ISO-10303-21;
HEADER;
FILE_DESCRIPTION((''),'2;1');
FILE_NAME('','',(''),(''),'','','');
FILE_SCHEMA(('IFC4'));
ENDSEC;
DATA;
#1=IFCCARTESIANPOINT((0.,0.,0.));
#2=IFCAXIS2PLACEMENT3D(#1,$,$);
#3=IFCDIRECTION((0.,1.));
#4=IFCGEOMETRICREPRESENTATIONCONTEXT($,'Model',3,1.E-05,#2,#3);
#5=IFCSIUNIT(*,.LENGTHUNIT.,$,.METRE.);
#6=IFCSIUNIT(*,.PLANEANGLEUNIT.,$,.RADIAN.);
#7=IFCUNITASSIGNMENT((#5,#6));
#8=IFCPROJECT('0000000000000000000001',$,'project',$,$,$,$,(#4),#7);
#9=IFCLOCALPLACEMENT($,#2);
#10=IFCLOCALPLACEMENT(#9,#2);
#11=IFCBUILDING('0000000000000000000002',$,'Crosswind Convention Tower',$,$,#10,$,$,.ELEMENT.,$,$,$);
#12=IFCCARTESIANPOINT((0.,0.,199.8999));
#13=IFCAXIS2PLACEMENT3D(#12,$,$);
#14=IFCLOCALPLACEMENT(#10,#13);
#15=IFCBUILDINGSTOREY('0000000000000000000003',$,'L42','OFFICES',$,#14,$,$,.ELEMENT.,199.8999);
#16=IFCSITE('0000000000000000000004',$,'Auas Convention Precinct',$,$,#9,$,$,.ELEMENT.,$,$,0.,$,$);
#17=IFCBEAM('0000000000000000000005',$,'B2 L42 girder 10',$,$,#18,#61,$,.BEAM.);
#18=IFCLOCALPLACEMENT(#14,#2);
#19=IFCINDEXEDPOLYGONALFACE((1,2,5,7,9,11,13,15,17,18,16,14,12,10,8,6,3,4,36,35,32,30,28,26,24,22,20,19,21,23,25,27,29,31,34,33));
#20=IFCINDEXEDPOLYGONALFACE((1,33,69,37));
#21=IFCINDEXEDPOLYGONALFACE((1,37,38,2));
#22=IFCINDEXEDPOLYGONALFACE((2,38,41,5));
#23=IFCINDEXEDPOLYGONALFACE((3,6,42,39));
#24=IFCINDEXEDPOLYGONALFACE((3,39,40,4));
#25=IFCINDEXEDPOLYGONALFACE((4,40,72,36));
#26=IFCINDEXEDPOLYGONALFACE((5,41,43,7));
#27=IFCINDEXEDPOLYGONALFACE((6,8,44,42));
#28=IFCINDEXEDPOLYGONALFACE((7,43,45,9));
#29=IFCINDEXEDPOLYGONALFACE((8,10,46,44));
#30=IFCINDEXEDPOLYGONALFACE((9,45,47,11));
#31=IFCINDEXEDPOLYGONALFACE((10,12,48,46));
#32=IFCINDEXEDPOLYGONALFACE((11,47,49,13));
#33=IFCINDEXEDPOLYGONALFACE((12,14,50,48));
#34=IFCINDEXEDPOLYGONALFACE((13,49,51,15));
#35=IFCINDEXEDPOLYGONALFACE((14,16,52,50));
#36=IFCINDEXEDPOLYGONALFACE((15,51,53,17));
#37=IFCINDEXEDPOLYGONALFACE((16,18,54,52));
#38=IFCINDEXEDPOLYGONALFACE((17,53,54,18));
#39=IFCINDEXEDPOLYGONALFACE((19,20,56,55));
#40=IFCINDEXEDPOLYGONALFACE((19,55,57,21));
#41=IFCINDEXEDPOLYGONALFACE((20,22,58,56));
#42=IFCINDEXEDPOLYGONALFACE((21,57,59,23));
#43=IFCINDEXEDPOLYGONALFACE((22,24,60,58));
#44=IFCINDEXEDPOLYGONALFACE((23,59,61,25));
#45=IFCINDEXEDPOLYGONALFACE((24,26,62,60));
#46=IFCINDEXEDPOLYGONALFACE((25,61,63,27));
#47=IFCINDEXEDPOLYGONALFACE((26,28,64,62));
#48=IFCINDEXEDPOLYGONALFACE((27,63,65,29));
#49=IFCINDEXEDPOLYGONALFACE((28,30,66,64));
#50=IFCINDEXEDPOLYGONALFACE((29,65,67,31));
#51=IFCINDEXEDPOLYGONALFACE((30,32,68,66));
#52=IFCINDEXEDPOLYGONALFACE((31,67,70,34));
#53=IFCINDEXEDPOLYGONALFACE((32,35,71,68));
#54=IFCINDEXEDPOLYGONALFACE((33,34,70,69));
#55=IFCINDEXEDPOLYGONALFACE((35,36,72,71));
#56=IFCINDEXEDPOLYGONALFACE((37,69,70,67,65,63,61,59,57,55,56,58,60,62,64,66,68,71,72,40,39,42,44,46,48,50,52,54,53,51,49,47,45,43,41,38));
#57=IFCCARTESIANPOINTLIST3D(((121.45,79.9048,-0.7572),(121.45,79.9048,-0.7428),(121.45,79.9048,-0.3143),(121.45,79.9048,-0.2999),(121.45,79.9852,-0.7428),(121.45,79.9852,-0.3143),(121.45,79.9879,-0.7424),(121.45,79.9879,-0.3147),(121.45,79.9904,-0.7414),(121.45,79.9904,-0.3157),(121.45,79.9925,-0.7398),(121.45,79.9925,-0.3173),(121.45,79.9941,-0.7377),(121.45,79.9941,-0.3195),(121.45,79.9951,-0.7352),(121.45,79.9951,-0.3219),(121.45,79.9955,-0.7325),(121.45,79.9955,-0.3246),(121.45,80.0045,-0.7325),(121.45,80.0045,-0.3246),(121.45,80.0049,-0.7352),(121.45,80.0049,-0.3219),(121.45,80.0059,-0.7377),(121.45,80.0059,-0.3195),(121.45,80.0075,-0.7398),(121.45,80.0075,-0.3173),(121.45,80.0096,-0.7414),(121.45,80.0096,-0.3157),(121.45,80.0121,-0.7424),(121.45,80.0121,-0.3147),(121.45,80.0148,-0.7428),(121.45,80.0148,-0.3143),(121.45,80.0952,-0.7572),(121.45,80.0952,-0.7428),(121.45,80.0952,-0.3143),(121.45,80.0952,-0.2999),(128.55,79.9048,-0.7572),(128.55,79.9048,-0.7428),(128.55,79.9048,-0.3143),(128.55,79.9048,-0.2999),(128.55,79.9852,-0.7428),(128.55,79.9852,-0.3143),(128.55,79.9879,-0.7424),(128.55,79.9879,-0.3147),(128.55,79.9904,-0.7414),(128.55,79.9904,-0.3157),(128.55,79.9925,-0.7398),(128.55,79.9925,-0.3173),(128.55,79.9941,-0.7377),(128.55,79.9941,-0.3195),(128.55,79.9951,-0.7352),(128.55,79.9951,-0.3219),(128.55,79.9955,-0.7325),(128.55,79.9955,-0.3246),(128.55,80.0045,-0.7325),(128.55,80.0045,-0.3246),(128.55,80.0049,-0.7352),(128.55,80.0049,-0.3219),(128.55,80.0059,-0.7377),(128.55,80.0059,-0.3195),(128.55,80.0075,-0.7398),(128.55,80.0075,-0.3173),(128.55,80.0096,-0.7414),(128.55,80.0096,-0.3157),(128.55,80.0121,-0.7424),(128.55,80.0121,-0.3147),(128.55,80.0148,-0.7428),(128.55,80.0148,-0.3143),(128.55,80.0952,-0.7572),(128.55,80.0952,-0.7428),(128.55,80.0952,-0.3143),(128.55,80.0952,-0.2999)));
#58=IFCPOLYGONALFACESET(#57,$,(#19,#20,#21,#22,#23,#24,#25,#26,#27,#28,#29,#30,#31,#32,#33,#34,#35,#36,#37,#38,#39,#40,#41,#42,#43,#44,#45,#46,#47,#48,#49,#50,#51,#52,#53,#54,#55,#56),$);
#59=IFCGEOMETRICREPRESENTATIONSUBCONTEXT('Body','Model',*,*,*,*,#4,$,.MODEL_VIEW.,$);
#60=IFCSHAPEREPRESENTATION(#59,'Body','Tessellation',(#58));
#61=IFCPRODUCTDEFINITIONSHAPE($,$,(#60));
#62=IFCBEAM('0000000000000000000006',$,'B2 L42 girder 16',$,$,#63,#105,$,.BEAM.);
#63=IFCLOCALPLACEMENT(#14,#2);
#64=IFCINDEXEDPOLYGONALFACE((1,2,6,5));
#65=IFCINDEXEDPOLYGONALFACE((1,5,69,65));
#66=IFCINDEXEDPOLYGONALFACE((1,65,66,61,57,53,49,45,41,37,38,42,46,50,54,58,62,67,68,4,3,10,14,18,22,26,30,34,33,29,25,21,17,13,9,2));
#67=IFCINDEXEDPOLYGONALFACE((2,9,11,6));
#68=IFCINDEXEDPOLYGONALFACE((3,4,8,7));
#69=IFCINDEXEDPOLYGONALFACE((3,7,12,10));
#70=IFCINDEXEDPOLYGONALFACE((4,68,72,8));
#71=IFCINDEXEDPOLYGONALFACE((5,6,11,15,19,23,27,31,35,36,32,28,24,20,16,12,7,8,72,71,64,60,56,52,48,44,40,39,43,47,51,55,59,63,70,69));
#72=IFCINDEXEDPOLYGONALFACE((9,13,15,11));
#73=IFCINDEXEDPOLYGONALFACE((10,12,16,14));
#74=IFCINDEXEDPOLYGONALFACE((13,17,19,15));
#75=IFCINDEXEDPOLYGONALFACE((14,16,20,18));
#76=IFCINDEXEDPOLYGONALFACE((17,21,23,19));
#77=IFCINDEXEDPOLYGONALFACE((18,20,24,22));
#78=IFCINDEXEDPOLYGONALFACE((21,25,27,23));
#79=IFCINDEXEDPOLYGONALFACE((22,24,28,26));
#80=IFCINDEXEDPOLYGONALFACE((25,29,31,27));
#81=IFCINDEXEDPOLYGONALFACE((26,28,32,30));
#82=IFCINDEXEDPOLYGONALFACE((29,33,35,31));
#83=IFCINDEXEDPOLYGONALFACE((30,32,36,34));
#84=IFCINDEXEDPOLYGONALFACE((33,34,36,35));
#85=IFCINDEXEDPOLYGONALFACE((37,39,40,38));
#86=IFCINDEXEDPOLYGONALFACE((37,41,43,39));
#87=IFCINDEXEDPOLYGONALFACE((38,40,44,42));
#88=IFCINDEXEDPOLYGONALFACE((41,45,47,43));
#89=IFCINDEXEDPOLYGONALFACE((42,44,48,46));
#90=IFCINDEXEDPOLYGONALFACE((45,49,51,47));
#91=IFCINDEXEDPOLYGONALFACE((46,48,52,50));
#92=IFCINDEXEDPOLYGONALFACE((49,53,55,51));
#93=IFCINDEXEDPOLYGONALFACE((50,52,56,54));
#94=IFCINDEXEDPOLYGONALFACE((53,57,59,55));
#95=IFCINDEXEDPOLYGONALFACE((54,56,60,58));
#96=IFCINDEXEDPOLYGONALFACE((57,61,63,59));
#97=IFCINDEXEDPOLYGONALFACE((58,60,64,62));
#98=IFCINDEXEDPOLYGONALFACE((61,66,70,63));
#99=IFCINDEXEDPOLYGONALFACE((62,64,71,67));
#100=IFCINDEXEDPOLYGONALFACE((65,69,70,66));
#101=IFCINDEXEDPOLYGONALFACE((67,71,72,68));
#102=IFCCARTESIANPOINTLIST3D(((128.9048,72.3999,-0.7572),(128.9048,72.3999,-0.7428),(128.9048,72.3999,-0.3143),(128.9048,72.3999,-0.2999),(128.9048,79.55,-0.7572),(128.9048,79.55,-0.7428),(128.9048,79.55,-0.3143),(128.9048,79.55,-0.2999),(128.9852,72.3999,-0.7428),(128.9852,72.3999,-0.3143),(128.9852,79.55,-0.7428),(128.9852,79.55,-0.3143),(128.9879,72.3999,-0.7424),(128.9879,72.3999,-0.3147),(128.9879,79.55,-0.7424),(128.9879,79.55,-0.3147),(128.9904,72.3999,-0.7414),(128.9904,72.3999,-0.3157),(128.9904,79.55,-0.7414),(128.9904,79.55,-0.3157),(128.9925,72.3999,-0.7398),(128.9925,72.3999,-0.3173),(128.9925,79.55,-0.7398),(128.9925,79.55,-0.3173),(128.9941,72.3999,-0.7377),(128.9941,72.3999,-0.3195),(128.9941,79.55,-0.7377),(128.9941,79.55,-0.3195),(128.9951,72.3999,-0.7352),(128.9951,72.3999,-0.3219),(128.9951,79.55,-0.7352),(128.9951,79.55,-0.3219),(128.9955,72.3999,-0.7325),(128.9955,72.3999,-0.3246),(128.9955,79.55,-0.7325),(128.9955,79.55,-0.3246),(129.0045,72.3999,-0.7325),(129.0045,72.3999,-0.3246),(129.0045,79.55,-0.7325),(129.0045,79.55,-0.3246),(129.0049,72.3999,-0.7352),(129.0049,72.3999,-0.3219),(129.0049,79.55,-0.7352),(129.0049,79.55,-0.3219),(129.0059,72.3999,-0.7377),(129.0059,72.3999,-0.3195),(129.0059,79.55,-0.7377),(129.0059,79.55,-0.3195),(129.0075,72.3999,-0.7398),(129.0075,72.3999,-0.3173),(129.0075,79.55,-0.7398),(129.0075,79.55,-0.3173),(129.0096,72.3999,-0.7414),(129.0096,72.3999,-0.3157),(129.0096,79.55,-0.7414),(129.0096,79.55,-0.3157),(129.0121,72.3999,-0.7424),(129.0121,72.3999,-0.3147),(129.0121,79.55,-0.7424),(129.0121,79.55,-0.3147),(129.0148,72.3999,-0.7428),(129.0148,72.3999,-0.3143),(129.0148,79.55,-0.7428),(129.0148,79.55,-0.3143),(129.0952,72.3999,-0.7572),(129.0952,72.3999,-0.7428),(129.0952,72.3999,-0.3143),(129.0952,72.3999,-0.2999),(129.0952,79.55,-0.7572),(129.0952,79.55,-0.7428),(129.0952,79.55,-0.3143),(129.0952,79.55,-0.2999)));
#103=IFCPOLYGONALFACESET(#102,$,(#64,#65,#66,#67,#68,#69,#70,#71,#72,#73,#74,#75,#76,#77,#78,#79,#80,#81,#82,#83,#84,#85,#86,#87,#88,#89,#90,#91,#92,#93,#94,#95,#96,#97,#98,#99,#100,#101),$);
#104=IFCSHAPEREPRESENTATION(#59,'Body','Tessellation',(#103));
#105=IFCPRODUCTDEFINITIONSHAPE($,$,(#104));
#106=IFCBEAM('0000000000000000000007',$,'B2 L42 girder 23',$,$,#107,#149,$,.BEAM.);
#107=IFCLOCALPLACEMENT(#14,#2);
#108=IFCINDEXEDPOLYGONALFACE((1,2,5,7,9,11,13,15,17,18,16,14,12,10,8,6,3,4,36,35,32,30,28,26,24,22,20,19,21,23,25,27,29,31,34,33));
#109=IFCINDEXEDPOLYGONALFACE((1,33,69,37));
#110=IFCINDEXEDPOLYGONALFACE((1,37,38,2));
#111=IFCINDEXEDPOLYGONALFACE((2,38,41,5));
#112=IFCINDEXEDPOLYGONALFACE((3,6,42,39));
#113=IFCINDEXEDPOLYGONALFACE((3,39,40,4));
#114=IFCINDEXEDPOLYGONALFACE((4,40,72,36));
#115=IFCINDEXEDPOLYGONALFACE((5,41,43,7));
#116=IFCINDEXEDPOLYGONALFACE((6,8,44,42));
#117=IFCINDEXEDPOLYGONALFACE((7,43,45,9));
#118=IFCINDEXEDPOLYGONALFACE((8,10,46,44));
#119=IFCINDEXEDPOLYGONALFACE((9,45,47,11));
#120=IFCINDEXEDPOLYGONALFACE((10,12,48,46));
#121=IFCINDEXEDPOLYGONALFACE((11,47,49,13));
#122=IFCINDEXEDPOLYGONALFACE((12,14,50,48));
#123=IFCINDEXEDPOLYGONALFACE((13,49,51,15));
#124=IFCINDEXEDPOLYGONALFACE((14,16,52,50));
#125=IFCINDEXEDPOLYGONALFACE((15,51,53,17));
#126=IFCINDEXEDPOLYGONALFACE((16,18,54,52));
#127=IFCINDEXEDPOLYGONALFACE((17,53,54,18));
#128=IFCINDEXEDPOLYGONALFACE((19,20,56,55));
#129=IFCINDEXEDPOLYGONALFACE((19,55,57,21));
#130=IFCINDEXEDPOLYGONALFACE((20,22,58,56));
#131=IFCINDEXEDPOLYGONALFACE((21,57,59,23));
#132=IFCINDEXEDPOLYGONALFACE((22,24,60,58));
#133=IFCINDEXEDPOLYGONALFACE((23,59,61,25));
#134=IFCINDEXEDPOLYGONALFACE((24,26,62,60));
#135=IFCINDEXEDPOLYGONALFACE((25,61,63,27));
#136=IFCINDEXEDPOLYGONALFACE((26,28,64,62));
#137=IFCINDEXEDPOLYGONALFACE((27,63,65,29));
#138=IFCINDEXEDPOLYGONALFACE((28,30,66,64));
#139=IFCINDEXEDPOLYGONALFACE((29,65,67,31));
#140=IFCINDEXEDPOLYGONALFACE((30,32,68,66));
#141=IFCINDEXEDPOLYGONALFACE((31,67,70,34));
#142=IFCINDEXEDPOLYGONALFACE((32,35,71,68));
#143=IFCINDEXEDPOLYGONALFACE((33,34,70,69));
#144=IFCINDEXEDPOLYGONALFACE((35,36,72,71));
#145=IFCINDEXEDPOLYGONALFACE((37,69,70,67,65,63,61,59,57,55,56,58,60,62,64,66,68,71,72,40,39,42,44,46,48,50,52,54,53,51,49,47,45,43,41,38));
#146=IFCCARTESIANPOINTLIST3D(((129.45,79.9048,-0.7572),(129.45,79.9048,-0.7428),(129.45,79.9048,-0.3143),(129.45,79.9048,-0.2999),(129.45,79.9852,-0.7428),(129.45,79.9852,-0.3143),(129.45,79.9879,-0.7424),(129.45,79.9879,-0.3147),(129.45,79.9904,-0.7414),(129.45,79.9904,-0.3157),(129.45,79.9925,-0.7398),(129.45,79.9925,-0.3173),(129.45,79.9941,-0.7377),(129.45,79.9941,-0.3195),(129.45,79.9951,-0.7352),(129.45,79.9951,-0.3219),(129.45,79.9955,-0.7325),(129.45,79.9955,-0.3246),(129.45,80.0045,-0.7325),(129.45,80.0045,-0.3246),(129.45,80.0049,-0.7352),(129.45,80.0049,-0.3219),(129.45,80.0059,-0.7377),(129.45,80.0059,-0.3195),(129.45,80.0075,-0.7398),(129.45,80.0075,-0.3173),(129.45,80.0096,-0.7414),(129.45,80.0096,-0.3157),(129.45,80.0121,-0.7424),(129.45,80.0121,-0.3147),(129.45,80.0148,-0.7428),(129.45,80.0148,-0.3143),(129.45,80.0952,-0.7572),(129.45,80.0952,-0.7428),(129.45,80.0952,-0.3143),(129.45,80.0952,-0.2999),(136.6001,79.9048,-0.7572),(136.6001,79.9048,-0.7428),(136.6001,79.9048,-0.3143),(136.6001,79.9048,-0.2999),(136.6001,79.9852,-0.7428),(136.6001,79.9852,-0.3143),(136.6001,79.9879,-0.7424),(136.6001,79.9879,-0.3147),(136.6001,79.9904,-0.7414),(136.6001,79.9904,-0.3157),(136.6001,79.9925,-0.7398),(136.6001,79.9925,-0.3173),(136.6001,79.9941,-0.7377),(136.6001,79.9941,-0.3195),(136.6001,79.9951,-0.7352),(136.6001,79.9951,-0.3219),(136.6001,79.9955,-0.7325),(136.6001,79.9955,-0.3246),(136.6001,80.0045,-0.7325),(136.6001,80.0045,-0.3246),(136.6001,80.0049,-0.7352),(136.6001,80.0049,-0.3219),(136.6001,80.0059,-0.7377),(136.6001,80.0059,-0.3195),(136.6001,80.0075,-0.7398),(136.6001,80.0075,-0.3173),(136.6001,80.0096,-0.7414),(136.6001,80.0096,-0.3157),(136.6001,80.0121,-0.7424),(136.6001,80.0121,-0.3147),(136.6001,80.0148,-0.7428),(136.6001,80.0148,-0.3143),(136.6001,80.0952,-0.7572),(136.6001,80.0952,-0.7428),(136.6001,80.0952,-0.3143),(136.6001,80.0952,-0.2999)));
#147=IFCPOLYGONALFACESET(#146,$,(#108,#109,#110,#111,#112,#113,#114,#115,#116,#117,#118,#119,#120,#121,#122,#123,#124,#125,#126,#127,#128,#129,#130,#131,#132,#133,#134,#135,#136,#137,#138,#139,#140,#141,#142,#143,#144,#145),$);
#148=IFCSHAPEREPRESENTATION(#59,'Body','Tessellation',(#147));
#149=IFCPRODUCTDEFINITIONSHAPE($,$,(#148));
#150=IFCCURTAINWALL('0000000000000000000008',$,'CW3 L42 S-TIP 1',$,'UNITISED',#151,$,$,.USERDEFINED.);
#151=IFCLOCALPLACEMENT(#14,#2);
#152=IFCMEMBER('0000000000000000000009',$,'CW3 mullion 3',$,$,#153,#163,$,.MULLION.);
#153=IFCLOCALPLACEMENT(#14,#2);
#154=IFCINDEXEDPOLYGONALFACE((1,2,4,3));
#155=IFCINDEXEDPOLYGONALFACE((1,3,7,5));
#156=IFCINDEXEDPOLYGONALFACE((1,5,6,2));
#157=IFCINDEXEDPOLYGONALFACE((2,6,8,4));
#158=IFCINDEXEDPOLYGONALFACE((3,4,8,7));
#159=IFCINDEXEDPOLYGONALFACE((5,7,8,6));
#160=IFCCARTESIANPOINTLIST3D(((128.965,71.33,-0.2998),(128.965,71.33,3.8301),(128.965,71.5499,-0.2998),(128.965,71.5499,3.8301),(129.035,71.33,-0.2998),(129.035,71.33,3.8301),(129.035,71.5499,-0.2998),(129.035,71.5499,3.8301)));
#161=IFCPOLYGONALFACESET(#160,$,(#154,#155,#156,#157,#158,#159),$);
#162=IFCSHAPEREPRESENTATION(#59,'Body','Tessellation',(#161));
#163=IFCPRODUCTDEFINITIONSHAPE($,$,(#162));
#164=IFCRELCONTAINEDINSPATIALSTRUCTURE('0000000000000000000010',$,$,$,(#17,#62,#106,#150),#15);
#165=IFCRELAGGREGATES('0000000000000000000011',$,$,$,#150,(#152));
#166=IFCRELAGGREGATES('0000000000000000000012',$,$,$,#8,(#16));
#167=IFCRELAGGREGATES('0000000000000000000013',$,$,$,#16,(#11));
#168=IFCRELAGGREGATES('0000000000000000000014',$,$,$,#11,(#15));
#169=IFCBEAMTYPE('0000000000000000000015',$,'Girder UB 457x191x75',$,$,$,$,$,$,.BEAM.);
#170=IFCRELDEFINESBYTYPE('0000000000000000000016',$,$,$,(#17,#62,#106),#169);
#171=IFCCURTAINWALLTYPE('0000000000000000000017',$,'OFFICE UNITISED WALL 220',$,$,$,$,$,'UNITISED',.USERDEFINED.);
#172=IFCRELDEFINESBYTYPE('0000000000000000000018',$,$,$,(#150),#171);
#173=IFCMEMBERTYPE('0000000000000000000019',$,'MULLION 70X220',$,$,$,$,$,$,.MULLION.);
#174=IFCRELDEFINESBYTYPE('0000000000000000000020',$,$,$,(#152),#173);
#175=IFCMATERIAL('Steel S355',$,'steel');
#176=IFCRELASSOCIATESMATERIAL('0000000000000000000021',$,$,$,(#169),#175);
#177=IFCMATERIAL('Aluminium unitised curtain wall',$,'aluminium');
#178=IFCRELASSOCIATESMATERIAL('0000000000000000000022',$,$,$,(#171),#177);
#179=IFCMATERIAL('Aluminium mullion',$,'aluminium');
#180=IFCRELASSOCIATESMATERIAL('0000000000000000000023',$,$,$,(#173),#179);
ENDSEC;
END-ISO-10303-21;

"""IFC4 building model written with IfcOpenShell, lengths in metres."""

from ifc_helpers import new_model, si_unit, direction, frame, origin, origin_2d, place, context, subcontext, project, spatial, rectangle, i_section, extrude, material, material_profile, profile_set, type_object, element, aggregate, save


model = new_model("IFC4")

# Units and contexts
model_context = context("Model", 3, precision=1e-05, world=origin(), true_north=direction((0.0, 1.0)))
body_context = subcontext(model_context, "Body", "Model", "MODEL_VIEW")
ifc_project = project(units=[si_unit("LENGTHUNIT", "METRE"), si_unit("PLANEANGLEUNIT", "RADIAN")], contexts=[model_context])

# Site, building, storey
site_placement = place(None, origin())
site = spatial("IfcSite", under=ifc_project, at=site_placement, Name="Auas Convention Precinct", CompositionType="ELEMENT", RefElevation=0.0)
building_placement = place(site_placement, origin())
building = spatial("IfcBuilding", under=site, at=building_placement, Name="Crosswind Convention Tower", CompositionType="ELEMENT")
storey_placement = place(building_placement, frame((0.0, 0.0, 199.8999)))
storey = spatial("IfcBuildingStorey", under=building, at=storey_placement, Name="L42", Description="OFFICES", CompositionType="ELEMENT", Elevation=199.8999)

# Beams
ifc_material_1 = material(Name="Steel S355", Category="steel")
ifc_material_profile_1 = material_profile(ifc_material_1, i_section(OverallWidth=0.1904, OverallDepth=0.4573, WebThickness=0.009, FlangeThickness=0.0144, FilletRadius=0.0103, at=origin_2d()), Name="UB 457x191x75")
ifc_profile_set_1 = profile_set([ifc_material_profile_1], Name="Steel S355")
beam_type_1 = type_object("IfcBeamType", Name="Girder UB 457x191x75", PredefinedType="BEAM", material=ifc_profile_set_1)
beam_1_placement = place(storey_placement, frame((121.45, 80.0, -0.5286), z_axis=(1.0, 0.0, 0.0), x_axis=(0.0, 1.0, 0.0)))
element("IfcBeam", 1, at=beam_1_placement, inside=storey, type_object=beam_type_1, Name="B2 L42 girder 10", PredefinedType="BEAM", context=body_context, shape_type="SweptSolid", body=[
    extrude(i_section(OverallWidth=0.1904, OverallDepth=0.4573, WebThickness=0.009, FlangeThickness=0.0144, FilletRadius=0.0103, at=origin_2d()), origin(), (0.0, 0.0, 1.0), 7.1001),
])
for number, where, z_axis, x_axis, name in (
    (2, (129.0, 72.3999, -0.5286), (0.0, 1.0, 0.0), (-1.0, 0.0, 0.0), "B2 L42 girder 16"),
    (3, (129.45, 80.0, -0.5286), (1.0, 0.0, 0.0), (0.0, 1.0, 0.0), "B2 L42 girder 23"),
):
    element("IfcBeam", number, at=place(storey_placement, frame(where, z_axis=z_axis, x_axis=x_axis)), inside=storey, type_object=beam_type_1, Name=name, PredefinedType="BEAM", context=body_context, shape_type="SweptSolid", body=[
        extrude(i_section(OverallWidth=0.1904, OverallDepth=0.4573, WebThickness=0.009, FlangeThickness=0.0144, FilletRadius=0.0103, at=origin_2d()), origin(), (0.0, 0.0, 1.0), 7.1501),
    ])

# Curtain wall, member
ifc_material_2 = material(Name="Aluminium unitised curtain wall", Category="aluminium")
curtain_wall_type = type_object("IfcCurtainWallType", Name="OFFICE UNITISED WALL 220", ElementType="UNITISED", PredefinedType="USERDEFINED", material=ifc_material_2)
curtain_wall_placement = place(storey_placement, origin())
curtain_wall = element("IfcCurtainWall", 4, at=curtain_wall_placement, inside=storey, type_object=curtain_wall_type, Name="CW3 L42 S-TIP 1", ObjectType="UNITISED", PredefinedType="USERDEFINED")
ifc_material_3 = material(Name="Aluminium mullion", Category="aluminium")
ifc_material_profile_2 = material_profile(ifc_material_3, rectangle(XDim=0.22, YDim=0.0701, at=origin_2d()), Name="AL 220X70")
ifc_profile_set_2 = profile_set([ifc_material_profile_2], Name="Aluminium mullion")
member_type = type_object("IfcMemberType", Name="MULLION 70X220", PredefinedType="MULLION", material=ifc_profile_set_2)
member_placement = place(storey_placement, frame((129.0, 71.4399, -0.2998), z_axis=(0.0, 0.0, 1.0), x_axis=(0.0, -1.0, 0.0)))
member = element("IfcMember", 5, at=member_placement, type_object=member_type, Name="CW3 mullion 3", PredefinedType="MULLION", context=body_context, shape_type="SweptSolid", body=[
    extrude(rectangle(XDim=0.22, YDim=0.0701, at=origin_2d()), origin(), (0.0, 0.0, 1.0), 4.1299),
])

aggregate(curtain_wall, [member])

save(model, "model.ifc")
